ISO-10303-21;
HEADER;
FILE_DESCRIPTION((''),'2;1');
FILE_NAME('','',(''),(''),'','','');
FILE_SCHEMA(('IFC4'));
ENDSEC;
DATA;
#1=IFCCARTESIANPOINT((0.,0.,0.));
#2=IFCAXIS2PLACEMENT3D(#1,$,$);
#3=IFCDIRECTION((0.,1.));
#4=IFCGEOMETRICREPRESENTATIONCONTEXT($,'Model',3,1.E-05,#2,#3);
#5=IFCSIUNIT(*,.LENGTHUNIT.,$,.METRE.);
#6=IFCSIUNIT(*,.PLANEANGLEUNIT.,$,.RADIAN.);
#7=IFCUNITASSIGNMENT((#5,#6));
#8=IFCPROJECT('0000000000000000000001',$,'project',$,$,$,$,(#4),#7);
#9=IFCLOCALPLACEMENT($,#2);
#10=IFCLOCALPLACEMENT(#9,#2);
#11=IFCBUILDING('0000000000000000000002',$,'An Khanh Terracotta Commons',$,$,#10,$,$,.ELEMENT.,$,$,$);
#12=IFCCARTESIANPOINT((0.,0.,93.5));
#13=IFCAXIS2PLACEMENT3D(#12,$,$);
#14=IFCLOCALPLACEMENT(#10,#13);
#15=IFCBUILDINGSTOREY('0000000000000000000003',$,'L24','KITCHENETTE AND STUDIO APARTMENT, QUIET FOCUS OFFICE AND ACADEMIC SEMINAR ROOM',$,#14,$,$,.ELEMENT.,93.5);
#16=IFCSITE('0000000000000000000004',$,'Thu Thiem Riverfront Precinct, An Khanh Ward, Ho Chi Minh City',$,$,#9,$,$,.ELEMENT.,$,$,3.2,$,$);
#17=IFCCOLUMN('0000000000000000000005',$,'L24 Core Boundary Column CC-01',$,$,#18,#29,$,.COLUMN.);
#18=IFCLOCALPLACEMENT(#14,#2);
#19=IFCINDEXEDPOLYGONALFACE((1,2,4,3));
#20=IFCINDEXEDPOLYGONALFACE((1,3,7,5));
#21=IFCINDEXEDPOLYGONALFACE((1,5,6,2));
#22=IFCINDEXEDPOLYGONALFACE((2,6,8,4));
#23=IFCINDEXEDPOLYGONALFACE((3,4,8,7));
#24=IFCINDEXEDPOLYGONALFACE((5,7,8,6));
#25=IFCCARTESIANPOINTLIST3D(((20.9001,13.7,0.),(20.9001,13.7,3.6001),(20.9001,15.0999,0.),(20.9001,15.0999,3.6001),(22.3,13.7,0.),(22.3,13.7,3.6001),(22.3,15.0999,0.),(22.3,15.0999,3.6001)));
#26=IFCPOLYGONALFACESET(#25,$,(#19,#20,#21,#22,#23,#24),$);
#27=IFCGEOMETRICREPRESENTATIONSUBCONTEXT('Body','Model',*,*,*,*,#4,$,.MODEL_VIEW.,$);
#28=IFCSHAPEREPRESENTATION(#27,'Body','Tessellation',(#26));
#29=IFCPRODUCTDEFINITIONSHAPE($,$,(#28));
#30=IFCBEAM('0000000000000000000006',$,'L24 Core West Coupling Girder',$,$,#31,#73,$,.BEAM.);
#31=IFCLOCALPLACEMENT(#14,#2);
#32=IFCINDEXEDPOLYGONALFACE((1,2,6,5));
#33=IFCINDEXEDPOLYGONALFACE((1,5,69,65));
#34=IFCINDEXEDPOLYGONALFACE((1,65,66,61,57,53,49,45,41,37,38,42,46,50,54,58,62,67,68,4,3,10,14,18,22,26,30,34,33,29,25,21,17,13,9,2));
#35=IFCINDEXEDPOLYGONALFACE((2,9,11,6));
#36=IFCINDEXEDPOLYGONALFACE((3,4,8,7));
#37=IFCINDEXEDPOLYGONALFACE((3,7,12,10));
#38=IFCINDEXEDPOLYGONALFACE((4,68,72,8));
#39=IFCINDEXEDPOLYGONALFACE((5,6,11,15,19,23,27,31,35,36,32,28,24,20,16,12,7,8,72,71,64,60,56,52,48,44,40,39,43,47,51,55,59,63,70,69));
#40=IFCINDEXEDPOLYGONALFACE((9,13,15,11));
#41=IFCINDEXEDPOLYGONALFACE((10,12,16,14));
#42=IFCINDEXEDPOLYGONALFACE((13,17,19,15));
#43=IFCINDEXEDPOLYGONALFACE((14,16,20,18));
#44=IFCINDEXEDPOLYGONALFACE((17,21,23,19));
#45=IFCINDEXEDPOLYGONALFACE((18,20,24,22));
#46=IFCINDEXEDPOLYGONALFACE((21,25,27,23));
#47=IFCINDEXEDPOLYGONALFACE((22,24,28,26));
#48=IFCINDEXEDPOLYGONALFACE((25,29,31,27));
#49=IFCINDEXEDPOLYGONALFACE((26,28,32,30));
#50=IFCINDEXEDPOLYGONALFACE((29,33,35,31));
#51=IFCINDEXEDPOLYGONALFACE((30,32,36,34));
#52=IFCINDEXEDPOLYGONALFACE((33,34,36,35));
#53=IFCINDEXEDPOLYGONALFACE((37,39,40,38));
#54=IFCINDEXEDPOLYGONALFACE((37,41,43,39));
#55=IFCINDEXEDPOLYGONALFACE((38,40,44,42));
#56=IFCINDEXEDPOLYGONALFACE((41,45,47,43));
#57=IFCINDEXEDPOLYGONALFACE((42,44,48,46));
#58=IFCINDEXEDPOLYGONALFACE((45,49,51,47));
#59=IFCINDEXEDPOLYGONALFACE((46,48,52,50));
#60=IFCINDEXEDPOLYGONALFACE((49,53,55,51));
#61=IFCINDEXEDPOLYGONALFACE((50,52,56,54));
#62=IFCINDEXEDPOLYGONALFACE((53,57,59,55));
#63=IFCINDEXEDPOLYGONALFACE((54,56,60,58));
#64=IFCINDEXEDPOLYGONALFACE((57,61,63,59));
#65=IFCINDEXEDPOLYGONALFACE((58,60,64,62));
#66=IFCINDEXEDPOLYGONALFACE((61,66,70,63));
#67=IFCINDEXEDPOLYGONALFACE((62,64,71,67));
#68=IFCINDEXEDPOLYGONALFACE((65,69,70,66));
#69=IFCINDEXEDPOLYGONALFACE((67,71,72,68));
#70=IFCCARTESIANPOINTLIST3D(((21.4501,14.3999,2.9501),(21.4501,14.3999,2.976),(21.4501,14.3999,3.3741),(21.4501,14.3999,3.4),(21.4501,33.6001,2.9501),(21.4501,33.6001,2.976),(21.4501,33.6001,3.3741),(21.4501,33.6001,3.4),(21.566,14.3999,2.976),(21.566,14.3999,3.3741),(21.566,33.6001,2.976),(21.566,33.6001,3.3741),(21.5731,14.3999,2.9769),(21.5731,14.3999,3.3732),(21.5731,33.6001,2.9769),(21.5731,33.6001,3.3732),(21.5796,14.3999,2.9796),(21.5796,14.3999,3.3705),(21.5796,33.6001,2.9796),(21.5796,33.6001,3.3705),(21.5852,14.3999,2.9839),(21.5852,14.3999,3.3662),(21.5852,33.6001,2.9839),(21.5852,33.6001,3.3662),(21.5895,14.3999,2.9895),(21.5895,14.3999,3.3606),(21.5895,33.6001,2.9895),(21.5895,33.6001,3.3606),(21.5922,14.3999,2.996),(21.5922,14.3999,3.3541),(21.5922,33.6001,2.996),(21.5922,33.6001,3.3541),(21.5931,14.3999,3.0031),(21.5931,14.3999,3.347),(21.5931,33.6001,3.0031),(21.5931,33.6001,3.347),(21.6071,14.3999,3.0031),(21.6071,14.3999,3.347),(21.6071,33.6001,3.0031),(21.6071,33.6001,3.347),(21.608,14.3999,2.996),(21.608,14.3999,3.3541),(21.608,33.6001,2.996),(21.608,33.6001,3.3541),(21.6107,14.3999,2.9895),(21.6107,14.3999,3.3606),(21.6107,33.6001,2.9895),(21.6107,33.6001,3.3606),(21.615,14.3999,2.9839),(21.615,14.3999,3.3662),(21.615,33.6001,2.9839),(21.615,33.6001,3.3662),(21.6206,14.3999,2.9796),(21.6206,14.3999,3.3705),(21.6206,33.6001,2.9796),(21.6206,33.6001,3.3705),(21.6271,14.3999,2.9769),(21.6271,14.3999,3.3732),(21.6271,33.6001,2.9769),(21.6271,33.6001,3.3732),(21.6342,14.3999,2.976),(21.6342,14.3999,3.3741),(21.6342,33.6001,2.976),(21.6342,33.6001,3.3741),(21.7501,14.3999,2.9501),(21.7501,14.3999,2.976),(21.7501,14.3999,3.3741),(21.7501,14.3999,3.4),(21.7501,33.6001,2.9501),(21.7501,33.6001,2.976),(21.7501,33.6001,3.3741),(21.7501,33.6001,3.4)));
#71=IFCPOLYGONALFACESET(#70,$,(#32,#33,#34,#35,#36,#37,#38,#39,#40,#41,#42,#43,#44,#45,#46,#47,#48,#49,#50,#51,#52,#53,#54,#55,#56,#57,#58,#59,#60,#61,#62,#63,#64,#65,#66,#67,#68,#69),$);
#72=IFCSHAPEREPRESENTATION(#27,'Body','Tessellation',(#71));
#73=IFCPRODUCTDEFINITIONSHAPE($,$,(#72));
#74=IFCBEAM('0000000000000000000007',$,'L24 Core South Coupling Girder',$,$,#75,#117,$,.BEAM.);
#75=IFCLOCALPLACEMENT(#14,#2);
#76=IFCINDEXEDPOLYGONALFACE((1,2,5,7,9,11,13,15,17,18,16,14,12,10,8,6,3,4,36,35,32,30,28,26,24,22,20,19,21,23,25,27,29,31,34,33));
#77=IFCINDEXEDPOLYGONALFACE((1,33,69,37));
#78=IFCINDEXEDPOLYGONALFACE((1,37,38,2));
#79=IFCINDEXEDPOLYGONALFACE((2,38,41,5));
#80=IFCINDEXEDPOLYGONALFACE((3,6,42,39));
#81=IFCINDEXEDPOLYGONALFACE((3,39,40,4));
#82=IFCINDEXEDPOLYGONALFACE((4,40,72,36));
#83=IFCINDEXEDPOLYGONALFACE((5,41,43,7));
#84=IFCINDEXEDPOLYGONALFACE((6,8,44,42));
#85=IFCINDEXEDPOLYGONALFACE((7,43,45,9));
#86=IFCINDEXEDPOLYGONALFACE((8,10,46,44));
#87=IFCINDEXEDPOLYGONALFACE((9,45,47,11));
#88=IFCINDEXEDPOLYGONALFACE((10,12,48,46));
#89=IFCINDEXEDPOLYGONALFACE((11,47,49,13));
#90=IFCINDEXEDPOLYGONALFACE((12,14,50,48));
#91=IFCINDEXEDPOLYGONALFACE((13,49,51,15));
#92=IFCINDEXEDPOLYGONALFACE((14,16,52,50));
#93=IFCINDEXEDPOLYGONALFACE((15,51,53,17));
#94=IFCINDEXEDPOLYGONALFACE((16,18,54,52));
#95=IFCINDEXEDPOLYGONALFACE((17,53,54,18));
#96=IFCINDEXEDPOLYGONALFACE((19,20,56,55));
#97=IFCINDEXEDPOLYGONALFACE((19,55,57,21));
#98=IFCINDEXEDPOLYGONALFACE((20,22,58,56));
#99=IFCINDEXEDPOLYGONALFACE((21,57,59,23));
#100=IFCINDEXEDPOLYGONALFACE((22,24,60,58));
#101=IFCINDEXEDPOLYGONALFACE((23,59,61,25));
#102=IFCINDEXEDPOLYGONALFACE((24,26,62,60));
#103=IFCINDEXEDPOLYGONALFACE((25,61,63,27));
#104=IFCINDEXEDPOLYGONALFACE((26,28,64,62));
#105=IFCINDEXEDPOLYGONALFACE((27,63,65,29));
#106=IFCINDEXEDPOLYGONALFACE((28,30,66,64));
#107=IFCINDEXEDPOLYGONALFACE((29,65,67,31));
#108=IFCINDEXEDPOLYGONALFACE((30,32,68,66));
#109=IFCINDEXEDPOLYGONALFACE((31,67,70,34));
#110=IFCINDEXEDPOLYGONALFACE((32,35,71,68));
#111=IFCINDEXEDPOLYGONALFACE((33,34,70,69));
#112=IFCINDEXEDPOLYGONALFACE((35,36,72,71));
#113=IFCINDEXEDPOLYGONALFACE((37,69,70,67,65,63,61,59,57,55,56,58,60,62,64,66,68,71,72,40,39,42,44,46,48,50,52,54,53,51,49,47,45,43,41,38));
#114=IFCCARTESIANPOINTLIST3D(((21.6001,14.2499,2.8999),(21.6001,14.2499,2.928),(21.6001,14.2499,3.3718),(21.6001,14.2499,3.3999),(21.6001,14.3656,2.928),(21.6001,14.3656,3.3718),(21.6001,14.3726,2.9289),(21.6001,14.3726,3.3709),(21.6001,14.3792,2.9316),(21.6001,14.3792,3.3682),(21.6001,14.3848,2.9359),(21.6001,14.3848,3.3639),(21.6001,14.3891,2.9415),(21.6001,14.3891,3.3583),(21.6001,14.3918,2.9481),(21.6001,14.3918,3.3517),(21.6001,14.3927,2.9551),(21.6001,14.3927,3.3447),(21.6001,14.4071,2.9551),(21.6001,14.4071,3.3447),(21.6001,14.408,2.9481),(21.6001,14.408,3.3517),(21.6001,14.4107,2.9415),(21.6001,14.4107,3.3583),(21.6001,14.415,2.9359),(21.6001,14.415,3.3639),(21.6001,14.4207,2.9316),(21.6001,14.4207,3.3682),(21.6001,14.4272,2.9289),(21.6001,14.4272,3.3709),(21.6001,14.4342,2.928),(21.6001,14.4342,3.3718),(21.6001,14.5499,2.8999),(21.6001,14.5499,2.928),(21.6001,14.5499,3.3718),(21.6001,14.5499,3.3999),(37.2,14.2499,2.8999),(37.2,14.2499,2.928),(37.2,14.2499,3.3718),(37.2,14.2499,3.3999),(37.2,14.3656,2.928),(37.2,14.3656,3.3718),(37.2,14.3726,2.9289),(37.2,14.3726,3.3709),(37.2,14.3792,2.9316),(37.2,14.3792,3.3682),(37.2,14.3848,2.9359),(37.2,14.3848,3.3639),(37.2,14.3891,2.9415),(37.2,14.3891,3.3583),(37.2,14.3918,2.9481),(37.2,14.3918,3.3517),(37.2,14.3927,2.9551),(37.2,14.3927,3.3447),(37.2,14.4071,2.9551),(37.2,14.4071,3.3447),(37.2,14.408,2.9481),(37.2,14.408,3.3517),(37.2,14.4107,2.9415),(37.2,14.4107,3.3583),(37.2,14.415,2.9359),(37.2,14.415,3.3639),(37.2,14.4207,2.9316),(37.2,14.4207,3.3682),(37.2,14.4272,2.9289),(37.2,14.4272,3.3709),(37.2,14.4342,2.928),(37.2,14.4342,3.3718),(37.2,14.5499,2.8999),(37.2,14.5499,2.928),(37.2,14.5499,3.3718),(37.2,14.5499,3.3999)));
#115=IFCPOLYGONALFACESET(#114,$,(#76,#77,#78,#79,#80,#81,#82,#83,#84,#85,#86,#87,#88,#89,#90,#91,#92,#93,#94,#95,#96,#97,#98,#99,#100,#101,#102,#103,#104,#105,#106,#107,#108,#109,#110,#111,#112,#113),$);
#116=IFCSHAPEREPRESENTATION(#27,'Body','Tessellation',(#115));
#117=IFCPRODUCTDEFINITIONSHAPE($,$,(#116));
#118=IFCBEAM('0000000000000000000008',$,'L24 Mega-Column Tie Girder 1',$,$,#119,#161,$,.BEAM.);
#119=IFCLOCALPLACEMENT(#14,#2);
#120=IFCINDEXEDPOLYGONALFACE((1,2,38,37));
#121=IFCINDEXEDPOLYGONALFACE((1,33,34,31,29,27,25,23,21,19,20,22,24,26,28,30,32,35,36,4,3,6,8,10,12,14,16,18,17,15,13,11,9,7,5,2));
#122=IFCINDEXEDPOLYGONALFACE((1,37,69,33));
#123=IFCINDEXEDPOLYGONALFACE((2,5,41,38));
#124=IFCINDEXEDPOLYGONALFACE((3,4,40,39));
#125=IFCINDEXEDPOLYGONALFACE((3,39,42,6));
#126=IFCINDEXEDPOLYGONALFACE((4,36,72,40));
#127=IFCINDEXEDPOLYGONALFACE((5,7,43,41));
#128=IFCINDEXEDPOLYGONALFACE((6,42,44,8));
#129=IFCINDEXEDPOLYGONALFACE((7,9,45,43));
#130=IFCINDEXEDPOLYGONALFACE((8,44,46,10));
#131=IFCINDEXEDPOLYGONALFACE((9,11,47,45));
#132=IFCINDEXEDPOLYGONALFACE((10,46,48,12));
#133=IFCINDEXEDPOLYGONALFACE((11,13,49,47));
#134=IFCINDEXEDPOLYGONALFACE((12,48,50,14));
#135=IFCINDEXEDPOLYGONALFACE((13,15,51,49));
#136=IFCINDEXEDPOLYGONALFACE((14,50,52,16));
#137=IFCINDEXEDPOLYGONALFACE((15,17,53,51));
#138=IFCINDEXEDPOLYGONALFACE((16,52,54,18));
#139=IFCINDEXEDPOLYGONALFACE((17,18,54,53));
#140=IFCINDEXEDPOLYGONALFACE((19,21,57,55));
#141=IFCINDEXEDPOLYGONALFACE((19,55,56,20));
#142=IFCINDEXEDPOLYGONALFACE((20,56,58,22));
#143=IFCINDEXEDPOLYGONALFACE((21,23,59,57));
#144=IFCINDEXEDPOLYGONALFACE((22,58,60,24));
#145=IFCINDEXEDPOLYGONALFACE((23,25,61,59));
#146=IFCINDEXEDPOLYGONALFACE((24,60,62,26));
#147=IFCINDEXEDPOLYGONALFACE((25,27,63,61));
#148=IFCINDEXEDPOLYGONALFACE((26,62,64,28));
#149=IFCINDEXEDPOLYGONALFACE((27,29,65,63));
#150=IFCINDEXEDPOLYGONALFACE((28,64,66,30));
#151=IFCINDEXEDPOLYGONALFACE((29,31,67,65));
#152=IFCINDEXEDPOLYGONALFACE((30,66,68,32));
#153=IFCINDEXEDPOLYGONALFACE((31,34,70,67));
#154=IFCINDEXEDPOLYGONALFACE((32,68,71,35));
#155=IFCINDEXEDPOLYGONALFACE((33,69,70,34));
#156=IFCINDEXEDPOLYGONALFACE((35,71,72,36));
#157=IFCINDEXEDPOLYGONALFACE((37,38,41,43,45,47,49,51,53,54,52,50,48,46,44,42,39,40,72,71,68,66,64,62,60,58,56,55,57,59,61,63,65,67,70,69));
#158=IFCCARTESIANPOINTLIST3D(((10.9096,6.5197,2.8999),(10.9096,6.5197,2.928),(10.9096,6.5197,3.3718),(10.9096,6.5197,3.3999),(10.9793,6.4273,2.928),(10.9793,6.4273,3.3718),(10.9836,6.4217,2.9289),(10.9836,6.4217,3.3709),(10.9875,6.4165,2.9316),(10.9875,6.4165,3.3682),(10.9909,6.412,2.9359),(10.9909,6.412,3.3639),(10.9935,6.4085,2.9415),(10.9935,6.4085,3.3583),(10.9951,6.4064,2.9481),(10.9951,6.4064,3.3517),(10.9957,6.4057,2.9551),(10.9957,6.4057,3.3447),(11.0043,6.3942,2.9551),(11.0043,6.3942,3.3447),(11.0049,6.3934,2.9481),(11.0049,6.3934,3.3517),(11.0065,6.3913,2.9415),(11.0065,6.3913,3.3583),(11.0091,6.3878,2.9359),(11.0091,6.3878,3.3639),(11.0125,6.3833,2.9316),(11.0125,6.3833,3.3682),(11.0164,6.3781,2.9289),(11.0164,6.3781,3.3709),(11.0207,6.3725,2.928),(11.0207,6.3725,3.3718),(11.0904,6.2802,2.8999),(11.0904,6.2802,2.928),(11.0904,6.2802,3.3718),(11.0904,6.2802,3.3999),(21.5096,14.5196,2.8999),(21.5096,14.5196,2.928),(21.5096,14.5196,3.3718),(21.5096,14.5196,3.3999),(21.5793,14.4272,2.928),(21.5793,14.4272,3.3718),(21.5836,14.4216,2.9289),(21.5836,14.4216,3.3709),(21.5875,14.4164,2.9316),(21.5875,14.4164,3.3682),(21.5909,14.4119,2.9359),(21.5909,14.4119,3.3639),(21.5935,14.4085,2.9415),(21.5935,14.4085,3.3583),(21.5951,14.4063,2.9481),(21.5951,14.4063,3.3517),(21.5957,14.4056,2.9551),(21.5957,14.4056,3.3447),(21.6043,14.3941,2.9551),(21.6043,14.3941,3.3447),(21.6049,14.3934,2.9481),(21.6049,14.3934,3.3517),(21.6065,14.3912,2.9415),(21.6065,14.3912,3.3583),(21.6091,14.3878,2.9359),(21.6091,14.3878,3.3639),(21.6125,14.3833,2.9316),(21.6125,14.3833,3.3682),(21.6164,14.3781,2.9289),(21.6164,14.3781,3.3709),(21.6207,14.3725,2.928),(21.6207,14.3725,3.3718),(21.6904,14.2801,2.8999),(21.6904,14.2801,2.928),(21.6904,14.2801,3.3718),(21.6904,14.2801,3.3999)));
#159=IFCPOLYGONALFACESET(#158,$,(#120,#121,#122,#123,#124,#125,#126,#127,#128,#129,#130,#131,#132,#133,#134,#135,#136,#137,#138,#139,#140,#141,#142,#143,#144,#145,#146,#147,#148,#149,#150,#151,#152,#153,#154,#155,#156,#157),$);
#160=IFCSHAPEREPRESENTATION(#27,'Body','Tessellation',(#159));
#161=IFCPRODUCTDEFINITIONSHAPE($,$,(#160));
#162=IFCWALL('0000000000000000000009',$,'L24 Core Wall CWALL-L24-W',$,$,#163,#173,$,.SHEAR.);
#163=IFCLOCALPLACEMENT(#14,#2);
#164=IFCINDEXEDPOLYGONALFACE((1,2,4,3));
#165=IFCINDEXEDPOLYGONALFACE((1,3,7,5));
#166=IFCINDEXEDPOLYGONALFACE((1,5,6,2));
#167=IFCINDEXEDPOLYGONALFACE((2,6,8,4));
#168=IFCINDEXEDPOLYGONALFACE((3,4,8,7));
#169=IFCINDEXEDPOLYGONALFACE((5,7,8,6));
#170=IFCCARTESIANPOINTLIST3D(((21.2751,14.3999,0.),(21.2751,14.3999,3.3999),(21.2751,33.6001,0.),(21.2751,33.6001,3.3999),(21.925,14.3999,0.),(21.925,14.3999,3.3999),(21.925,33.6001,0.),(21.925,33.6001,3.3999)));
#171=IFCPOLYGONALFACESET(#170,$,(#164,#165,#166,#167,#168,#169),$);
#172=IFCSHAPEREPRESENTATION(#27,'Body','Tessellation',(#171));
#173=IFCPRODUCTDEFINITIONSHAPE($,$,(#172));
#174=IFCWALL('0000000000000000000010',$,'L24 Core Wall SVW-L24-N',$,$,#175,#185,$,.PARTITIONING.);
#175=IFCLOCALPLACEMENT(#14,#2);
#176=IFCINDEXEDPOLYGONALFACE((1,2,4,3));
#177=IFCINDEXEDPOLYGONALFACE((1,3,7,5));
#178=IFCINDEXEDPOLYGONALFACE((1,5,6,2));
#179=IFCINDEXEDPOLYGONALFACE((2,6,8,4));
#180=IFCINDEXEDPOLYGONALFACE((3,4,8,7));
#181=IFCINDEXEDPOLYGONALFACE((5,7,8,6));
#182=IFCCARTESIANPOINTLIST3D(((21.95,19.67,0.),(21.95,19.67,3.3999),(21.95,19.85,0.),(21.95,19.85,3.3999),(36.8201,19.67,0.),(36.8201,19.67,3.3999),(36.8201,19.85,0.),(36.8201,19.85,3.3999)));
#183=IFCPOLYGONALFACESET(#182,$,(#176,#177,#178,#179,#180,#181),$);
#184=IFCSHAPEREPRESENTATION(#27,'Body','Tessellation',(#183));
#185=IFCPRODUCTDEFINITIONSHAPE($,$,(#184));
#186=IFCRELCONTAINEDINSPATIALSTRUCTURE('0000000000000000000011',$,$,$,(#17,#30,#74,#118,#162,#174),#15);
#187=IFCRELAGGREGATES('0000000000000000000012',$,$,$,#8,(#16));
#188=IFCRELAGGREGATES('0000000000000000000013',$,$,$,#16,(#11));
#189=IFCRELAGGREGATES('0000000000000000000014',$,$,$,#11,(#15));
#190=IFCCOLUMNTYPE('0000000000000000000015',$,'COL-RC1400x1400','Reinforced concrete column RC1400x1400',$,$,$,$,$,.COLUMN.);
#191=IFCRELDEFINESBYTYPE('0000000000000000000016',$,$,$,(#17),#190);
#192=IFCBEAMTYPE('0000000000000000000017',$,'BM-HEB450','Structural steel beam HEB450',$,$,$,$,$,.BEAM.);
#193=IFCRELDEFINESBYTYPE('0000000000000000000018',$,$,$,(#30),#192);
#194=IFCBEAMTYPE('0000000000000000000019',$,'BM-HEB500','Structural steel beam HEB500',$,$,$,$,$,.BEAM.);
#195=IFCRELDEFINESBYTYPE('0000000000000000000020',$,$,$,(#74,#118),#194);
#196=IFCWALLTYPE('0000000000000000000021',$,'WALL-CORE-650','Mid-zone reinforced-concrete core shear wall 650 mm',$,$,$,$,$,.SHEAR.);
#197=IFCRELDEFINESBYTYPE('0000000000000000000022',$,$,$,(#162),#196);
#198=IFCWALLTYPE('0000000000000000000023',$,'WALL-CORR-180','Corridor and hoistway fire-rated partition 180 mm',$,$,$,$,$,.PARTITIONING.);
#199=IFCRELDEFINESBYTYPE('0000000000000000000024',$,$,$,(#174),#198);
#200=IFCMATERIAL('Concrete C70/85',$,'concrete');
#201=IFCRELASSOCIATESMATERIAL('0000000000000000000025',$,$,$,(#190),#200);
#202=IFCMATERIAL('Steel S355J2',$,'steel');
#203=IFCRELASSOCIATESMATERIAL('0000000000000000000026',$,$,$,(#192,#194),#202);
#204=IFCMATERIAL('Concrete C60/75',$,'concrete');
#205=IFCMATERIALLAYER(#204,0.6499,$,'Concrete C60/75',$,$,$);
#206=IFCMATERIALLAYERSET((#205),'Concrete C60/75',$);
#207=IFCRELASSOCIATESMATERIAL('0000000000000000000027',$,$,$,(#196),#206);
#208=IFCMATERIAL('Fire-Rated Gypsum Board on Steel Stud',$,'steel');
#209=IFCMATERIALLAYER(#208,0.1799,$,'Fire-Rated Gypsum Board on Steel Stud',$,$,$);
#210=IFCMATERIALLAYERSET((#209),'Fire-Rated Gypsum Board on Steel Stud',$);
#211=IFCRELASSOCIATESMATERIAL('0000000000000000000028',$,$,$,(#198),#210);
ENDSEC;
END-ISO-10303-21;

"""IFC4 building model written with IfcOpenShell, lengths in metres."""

from ifc_helpers import new_model, si_unit, direction, frame, frame_2d, origin, origin_2d, place, context, subcontext, project, spatial, rectangle, i_section, extrude, material, layer, layer_set, material_profile, profile_set, type_object, element, save


model = new_model("IFC4")

# Units and contexts
model_context = context("Model", 3, precision=1e-05, world=origin(), true_north=direction((0.0, 1.0)))
body_context = subcontext(model_context, "Body", "Model", "MODEL_VIEW")
ifc_project = project(units=[si_unit("LENGTHUNIT", "METRE"), si_unit("PLANEANGLEUNIT", "RADIAN")], contexts=[model_context])

# Site, building, storey
site_placement = place(None, origin())
site = spatial("IfcSite", under=ifc_project, at=site_placement, Name="Thu Thiem Riverfront Precinct, An Khanh Ward, Ho Chi Minh City", CompositionType="ELEMENT", RefElevation=3.2)
building_placement = place(site_placement, origin())
building = spatial("IfcBuilding", under=site, at=building_placement, Name="An Khanh Terracotta Commons", CompositionType="ELEMENT")
storey_placement = place(building_placement, frame((0.0, 0.0, 93.5)))
storey = spatial("IfcBuildingStorey", under=building, at=storey_placement, Name="L24", Description="KITCHENETTE AND STUDIO APARTMENT, QUIET FOCUS OFFICE AND ACADEMIC SEMINAR ROOM", CompositionType="ELEMENT", Elevation=93.5)

# Column
ifc_material_1 = material(Name="Concrete C70/85", Category="concrete")
ifc_material_profile_1 = material_profile(ifc_material_1, rectangle(XDim=1.3999, YDim=1.3999, at=origin_2d()), Name="RC1400x1400")
ifc_profile_set_1 = profile_set([ifc_material_profile_1], Name="Concrete C70/85")
column_type = type_object("IfcColumnType", Name="COL-RC1400x1400", Description="Reinforced concrete column RC1400x1400", PredefinedType="COLUMN", material=ifc_profile_set_1)
column_placement = place(storey_placement, frame((21.6001, 14.3999, 0.0), z_axis=(0.0, 0.0, 1.0), x_axis=(1.0, 0.0, 0.0)))
element("IfcColumn", 1, at=column_placement, inside=storey, type_object=column_type, Name="L24 Core Boundary Column CC-01", PredefinedType="COLUMN", context=body_context, shape_type="SweptSolid", body=[
    extrude(rectangle(XDim=1.3999, YDim=1.3999, at=origin_2d()), origin(), (0.0, 0.0, 1.0), 3.6001),
])

# Beams
ifc_material_2 = material(Name="Steel S355J2", Category="steel")
ifc_material_profile_2 = material_profile(ifc_material_2, i_section(OverallWidth=0.3, OverallDepth=0.45, WebThickness=0.0139, FlangeThickness=0.0259, FilletRadius=0.0271, at=origin_2d()), Name="HEB450")
ifc_profile_set_2 = profile_set([ifc_material_profile_2], Name="Steel S355J2")
beam_type_1 = type_object("IfcBeamType", Name="BM-HEB450", Description="Structural steel beam HEB450", PredefinedType="BEAM", material=ifc_profile_set_2)
beam_1_placement = place(storey_placement, frame((21.6001, 14.3999, 3.175), z_axis=(0.0, 1.0, 0.0), x_axis=(-1.0, 0.0, 0.0)))
element("IfcBeam", 2, at=beam_1_placement, inside=storey, type_object=beam_type_1, Name="L24 Core West Coupling Girder", PredefinedType="BEAM", context=body_context, shape_type="SweptSolid", body=[
    extrude(i_section(OverallWidth=0.3, OverallDepth=0.45, WebThickness=0.0139, FlangeThickness=0.0259, FilletRadius=0.0271, at=origin_2d()), origin(), (0.0, 0.0, 1.0), 19.2002),
])
ifc_material_profile_3 = material_profile(ifc_material_2, i_section(OverallWidth=0.3, OverallDepth=0.5, WebThickness=0.0144, FlangeThickness=0.0281, FilletRadius=0.0271, at=origin_2d()), Name="HEB500")
ifc_profile_set_3 = profile_set([ifc_material_profile_3], Name="Steel S355J2")
beam_type_2 = type_object("IfcBeamType", Name="BM-HEB500", Description="Structural steel beam HEB500", PredefinedType="BEAM", material=ifc_profile_set_3)
beam_2_placement = place(storey_placement, frame((21.6001, 14.3999, 3.1499), z_axis=(1.0, 0.0, 0.0), x_axis=(0.0, 1.0, 0.0)))
element("IfcBeam", 3, at=beam_2_placement, inside=storey, type_object=beam_type_2, Name="L24 Core South Coupling Girder", PredefinedType="BEAM", context=body_context, shape_type="SweptSolid", body=[
    extrude(i_section(OverallWidth=0.3, OverallDepth=0.5, WebThickness=0.0144, FlangeThickness=0.0281, FilletRadius=0.0271, at=origin_2d()), origin(), (0.0, 0.0, 1.0), 15.5999),
])
beam_3_placement = place(storey_placement, frame((11.0, 6.3999, 3.1499), z_axis=(0.798192, 0.602403, 0.0), x_axis=(-0.602403, 0.798192, 0.0)))
element("IfcBeam", 4, at=beam_3_placement, inside=storey, type_object=beam_type_2, Name="L24 Mega-Column Tie Girder 1", PredefinedType="BEAM", context=body_context, shape_type="SweptSolid", body=[
    extrude(i_section(OverallWidth=0.3, OverallDepth=0.5, WebThickness=0.0144, FlangeThickness=0.0281, FilletRadius=0.0271, at=origin_2d()), origin(), (0.0, 0.0, 1.0), 13.28),
])

# Walls
ifc_material_3 = material(Name="Concrete C60/75", Category="concrete")
ifc_layer_1 = layer(ifc_material_3, 0.6499, Name="Concrete C60/75")
ifc_layer_set_1 = layer_set([ifc_layer_1], Name="Concrete C60/75")
wall_type_1 = type_object("IfcWallType", Name="WALL-CORE-650", Description="Mid-zone reinforced-concrete core shear wall 650 mm", PredefinedType="SHEAR", material=ifc_layer_set_1)
wall_1_placement = place(storey_placement, frame((21.6001, 14.3999, 0.0), z_axis=(0.0, 0.0, 1.0), x_axis=(0.0, 1.0, 0.0)))
element("IfcWall", 5, at=wall_1_placement, inside=storey, type_object=wall_type_1, Name="L24 Core Wall CWALL-L24-W", PredefinedType="SHEAR", context=body_context, shape_type="SweptSolid", body=[
    extrude(rectangle(XDim=19.2002, YDim=0.6499, at=frame_2d((9.6001, 0.0))), origin(), (0.0, 0.0, 1.0), 3.3999),
])
ifc_material_4 = material(Name="Fire-Rated Gypsum Board on Steel Stud", Category="steel")
ifc_layer_2 = layer(ifc_material_4, 0.1799, Name="Fire-Rated Gypsum Board on Steel Stud")
ifc_layer_set_2 = layer_set([ifc_layer_2], Name="Fire-Rated Gypsum Board on Steel Stud")
wall_type_2 = type_object("IfcWallType", Name="WALL-CORR-180", Description="Corridor and hoistway fire-rated partition 180 mm", PredefinedType="PARTITIONING", material=ifc_layer_set_2)
wall_2_placement = place(storey_placement, frame((21.95, 19.76, 0.0), z_axis=(0.0, 0.0, 1.0), x_axis=(1.0, 0.0, 0.0)))
element("IfcWall", 6, at=wall_2_placement, inside=storey, type_object=wall_type_2, Name="L24 Core Wall SVW-L24-N", PredefinedType="PARTITIONING", context=body_context, shape_type="SweptSolid", body=[
    extrude(rectangle(XDim=14.8701, YDim=0.1799, at=frame_2d((7.4351, 0.0))), origin(), (0.0, 0.0, 1.0), 3.3999),
])

save(model, "model.ifc")
